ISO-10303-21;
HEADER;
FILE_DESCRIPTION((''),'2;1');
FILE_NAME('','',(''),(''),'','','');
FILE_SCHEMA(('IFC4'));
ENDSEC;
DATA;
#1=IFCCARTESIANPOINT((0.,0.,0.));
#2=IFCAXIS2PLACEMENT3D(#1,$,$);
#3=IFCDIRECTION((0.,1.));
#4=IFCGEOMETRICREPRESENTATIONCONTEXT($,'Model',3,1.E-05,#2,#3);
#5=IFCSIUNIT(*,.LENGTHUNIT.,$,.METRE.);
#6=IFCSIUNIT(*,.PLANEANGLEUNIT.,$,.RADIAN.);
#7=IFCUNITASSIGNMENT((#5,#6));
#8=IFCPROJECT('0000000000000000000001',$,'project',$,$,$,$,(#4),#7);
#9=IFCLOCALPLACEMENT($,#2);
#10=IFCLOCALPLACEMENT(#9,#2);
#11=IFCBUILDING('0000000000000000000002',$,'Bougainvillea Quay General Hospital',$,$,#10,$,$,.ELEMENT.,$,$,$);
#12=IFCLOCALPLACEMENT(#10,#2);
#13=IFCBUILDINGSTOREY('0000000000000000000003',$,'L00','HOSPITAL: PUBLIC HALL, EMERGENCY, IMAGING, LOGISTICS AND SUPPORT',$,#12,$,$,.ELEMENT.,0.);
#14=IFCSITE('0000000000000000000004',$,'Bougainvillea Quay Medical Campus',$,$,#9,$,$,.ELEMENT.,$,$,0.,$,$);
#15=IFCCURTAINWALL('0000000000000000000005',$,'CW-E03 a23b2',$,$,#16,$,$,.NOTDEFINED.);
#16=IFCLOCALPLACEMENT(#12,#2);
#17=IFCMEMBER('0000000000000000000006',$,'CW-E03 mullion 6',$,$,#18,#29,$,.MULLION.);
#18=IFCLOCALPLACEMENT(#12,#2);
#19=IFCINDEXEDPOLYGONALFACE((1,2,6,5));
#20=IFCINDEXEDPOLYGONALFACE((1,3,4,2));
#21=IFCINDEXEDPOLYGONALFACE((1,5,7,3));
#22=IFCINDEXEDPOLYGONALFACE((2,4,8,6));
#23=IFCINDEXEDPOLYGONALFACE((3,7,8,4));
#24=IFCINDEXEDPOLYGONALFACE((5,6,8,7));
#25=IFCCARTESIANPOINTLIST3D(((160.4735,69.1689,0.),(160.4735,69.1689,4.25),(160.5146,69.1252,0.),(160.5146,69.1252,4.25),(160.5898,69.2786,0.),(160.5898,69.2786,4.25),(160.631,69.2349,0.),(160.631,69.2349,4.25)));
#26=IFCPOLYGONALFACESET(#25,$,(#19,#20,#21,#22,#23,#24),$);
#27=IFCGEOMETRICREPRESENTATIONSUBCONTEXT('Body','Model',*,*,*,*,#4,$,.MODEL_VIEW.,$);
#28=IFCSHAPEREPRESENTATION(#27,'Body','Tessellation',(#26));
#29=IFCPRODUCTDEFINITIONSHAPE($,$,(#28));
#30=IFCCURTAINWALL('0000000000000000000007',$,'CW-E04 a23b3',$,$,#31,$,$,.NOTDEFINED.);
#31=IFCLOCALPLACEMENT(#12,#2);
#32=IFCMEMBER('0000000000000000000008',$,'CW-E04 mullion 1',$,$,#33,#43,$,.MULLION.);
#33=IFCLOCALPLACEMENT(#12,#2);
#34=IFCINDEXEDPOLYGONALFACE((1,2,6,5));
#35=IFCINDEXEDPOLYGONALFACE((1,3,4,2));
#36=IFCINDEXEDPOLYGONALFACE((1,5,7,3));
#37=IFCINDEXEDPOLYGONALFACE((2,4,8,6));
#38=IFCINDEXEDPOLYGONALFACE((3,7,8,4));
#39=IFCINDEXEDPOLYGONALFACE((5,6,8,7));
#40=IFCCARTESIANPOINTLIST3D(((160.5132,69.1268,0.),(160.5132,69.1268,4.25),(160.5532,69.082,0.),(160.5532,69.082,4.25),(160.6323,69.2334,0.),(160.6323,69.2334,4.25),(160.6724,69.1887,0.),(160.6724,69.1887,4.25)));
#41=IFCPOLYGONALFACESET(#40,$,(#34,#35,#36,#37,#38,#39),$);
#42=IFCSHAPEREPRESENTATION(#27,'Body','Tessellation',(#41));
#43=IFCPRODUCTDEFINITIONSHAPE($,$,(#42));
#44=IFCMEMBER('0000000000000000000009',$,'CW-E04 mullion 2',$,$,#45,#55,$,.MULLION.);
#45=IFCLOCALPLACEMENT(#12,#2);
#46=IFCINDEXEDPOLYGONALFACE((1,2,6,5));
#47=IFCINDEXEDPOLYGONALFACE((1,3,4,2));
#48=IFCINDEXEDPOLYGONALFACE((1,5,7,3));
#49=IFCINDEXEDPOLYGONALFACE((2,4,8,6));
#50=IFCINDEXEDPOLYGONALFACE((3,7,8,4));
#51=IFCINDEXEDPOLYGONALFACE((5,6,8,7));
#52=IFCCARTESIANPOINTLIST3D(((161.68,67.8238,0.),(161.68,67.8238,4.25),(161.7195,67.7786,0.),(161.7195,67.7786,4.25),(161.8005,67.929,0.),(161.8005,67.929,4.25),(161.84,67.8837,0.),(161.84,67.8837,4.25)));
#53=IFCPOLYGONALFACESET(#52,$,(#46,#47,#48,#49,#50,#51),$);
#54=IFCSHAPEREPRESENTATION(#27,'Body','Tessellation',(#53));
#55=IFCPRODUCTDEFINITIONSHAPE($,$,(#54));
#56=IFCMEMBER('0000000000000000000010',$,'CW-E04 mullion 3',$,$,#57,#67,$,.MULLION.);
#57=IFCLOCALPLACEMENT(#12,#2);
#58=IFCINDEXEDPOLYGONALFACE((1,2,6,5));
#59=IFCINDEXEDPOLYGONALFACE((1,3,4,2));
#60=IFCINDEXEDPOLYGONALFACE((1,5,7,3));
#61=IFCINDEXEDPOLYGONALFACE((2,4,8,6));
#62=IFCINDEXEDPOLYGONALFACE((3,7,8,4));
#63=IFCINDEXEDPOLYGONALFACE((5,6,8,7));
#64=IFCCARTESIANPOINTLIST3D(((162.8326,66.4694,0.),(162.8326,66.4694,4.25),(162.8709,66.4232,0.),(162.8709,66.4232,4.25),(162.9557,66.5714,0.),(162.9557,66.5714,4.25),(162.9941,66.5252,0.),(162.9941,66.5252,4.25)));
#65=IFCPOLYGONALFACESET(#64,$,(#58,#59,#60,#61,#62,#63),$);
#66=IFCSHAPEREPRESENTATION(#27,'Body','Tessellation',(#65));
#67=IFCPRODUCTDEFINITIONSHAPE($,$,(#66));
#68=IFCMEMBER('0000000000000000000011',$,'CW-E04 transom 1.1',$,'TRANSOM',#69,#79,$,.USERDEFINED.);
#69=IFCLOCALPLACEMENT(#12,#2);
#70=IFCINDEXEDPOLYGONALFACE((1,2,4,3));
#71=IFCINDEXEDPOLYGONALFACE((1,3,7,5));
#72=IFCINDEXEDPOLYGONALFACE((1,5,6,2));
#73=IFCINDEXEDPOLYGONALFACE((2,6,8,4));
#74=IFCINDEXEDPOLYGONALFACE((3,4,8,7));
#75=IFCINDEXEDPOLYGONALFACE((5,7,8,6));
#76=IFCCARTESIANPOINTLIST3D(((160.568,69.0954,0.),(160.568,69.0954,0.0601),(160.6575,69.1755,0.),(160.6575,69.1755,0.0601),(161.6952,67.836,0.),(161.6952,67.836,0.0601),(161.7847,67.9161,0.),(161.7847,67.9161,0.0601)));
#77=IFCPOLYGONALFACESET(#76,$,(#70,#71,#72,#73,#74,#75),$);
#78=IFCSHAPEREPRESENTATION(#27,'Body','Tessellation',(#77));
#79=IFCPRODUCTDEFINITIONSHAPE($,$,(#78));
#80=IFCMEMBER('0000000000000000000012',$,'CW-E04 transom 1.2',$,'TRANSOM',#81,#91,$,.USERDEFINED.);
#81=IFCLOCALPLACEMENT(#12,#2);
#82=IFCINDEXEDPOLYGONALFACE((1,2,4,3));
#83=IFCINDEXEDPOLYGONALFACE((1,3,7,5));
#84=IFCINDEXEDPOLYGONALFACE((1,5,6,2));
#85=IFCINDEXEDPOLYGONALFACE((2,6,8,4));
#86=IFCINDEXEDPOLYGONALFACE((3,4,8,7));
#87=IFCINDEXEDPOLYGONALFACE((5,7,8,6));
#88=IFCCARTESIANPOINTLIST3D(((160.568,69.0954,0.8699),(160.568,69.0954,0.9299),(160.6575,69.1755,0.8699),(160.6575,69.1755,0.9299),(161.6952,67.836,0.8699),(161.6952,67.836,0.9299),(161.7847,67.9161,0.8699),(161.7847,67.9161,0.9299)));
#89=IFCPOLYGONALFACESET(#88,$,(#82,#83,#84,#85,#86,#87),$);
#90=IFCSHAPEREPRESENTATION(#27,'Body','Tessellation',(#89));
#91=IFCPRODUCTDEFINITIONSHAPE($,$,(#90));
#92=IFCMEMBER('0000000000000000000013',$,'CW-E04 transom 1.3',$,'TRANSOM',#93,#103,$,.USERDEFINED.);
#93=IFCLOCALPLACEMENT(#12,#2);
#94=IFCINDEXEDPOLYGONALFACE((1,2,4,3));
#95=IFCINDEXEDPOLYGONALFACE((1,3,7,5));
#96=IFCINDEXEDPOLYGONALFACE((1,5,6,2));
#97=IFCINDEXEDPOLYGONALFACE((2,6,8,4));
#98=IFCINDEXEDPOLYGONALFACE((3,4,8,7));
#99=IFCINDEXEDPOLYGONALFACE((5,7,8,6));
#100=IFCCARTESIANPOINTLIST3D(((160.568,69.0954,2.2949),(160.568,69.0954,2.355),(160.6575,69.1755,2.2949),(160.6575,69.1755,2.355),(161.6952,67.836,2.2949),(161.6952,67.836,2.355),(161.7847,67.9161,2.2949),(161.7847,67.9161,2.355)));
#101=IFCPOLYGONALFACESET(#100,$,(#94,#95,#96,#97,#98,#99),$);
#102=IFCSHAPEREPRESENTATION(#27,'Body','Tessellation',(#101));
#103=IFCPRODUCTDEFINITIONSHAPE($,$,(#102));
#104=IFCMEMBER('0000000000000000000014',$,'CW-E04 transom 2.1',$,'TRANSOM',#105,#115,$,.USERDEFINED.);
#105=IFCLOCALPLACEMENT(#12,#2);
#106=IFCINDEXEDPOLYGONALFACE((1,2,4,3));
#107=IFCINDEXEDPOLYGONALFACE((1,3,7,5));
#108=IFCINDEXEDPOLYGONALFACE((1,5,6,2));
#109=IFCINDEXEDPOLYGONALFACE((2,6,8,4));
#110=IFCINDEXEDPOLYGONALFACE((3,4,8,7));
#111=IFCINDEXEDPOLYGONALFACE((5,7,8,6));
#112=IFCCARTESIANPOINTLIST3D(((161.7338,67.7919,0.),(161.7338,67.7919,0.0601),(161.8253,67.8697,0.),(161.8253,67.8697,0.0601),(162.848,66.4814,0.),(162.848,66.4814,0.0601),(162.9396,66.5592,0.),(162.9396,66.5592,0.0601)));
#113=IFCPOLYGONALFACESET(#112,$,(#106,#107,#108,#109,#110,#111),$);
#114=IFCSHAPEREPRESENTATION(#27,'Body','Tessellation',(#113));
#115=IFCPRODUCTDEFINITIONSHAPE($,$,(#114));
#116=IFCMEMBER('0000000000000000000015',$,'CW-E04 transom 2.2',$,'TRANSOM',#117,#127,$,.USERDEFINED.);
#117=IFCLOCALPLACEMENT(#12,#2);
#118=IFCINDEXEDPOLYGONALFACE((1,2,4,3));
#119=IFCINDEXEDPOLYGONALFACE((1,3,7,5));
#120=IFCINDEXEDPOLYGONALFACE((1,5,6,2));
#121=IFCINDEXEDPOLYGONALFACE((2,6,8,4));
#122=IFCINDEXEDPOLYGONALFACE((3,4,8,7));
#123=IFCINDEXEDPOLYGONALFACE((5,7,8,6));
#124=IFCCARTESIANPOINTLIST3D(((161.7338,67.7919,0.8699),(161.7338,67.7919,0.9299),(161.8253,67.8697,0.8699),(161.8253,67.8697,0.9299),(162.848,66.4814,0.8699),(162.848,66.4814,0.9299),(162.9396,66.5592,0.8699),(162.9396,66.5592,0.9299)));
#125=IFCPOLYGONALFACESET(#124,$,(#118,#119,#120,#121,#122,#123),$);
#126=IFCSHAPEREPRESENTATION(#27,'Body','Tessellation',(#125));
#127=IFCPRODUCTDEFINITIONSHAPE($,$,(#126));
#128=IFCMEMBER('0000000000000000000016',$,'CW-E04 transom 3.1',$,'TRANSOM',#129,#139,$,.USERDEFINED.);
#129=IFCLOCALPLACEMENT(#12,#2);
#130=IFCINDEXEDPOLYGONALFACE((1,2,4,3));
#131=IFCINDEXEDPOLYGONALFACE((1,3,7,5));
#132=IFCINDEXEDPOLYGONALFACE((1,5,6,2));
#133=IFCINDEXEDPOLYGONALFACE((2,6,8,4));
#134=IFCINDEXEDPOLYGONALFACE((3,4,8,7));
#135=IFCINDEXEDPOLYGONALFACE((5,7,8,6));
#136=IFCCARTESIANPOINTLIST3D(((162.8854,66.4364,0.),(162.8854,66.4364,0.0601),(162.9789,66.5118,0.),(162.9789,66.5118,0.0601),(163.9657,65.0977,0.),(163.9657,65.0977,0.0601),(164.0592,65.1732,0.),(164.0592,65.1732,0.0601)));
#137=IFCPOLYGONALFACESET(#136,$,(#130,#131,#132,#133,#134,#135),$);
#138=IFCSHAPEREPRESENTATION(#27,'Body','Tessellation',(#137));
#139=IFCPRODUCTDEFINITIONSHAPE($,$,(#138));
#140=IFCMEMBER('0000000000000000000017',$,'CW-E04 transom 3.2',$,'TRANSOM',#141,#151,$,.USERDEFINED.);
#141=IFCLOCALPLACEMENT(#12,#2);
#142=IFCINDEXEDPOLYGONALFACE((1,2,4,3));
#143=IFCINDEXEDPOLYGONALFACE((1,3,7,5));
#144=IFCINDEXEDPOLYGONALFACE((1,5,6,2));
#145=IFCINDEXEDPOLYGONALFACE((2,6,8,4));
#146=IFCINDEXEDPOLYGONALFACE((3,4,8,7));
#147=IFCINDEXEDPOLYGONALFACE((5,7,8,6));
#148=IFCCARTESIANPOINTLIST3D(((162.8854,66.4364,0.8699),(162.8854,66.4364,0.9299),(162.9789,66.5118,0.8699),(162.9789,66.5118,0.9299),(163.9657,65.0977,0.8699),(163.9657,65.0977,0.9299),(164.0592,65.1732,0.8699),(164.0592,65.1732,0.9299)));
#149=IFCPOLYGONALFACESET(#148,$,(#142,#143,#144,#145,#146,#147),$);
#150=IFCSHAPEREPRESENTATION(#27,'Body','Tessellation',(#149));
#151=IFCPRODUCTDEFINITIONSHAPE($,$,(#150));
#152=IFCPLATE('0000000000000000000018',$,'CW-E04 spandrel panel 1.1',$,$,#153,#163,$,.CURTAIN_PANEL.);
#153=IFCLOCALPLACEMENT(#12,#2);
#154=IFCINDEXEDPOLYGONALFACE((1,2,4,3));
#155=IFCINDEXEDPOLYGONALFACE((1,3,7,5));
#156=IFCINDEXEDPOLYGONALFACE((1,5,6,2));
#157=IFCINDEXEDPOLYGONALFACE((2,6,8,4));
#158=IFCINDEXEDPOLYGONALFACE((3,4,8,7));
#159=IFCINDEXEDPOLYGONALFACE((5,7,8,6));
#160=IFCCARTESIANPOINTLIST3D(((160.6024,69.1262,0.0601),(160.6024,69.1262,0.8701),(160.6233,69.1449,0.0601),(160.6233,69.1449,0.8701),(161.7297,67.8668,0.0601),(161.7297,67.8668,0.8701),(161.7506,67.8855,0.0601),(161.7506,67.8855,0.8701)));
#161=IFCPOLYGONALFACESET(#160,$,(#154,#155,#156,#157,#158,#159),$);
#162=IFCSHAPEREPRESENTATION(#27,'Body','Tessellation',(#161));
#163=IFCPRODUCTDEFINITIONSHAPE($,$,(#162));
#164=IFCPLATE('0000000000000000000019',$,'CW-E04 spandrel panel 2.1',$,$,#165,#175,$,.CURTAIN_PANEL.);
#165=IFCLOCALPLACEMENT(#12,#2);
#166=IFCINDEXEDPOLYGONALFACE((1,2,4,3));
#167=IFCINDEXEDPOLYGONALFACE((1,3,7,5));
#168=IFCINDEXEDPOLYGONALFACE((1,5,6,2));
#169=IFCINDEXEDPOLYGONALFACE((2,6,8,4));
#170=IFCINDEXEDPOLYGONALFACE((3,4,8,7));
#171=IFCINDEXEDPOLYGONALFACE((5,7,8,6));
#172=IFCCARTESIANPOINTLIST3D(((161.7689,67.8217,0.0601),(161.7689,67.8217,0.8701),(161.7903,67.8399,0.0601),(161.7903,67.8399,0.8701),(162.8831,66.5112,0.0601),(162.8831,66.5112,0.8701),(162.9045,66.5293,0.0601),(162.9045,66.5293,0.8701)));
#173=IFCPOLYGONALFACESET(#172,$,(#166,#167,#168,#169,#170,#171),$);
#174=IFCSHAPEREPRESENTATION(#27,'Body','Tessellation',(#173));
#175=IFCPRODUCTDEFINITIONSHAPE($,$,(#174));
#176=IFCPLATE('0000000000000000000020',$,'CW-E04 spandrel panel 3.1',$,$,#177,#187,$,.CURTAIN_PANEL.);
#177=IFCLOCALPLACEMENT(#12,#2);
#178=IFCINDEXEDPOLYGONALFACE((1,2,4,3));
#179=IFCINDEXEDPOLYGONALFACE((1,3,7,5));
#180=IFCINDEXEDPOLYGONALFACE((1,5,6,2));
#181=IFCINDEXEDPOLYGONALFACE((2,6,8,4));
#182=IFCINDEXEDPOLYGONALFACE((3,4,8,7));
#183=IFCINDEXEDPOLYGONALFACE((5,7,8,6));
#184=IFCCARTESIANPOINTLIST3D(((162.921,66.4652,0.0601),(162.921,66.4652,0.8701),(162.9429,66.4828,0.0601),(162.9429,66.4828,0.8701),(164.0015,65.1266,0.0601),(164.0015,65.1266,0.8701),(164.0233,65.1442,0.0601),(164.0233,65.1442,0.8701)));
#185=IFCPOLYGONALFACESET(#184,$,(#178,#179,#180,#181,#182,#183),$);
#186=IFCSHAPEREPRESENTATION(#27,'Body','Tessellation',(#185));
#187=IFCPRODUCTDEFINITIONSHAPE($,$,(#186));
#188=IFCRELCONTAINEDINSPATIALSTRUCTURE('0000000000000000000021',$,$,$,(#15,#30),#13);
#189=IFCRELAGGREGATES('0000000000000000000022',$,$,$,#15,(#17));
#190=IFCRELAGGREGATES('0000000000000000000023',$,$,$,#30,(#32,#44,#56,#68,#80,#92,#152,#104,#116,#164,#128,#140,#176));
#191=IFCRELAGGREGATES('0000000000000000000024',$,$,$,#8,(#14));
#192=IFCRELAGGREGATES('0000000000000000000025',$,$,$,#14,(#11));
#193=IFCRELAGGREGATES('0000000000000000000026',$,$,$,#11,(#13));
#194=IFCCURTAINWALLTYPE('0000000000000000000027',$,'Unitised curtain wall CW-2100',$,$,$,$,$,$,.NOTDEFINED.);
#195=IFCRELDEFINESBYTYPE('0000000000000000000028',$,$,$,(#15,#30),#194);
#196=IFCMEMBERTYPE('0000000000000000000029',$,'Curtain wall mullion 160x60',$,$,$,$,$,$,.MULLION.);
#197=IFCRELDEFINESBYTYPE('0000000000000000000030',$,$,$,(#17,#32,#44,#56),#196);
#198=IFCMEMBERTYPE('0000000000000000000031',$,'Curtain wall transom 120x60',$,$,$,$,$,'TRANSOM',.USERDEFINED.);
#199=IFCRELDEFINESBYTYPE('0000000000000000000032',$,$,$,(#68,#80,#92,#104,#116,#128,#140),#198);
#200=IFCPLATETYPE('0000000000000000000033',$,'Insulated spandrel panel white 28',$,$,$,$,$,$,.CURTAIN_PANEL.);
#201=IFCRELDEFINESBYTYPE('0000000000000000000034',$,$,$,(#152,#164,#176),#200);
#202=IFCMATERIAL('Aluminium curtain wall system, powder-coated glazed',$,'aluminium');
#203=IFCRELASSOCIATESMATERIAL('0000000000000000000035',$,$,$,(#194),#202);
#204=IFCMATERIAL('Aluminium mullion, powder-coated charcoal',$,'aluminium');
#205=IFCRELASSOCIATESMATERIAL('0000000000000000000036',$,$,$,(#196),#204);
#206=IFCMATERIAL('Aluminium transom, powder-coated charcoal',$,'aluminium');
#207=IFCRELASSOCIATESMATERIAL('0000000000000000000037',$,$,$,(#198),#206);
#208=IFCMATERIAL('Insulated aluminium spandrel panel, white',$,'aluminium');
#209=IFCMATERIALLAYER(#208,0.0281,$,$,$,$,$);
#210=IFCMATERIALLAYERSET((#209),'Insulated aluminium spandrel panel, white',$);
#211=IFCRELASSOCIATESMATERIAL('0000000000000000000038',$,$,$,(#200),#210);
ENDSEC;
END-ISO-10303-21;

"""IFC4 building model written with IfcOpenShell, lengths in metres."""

from ifc_helpers import new_model, si_unit, direction, frame, origin, origin_2d, place, context, subcontext, project, spatial, rectangle, extrude, material, layer, layer_set, material_profile, profile_set, type_object, element, aggregate, save


model = new_model("IFC4")

# Units and contexts
model_context = context("Model", 3, precision=1e-05, world=origin(), true_north=direction((0.0, 1.0)))
body_context = subcontext(model_context, "Body", "Model", "MODEL_VIEW")
ifc_project = project(units=[si_unit("LENGTHUNIT", "METRE"), si_unit("PLANEANGLEUNIT", "RADIAN")], contexts=[model_context])

# Site, building, storey
site_placement = place(None, origin())
site = spatial("IfcSite", under=ifc_project, at=site_placement, Name="Bougainvillea Quay Medical Campus", CompositionType="ELEMENT", RefElevation=0.0)
building_placement = place(site_placement, origin())
building = spatial("IfcBuilding", under=site, at=building_placement, Name="Bougainvillea Quay General Hospital", CompositionType="ELEMENT")
storey_placement = place(building_placement, origin())
storey = spatial("IfcBuildingStorey", under=building, at=storey_placement, Name="L00", Description="HOSPITAL: PUBLIC HALL, EMERGENCY, IMAGING, LOGISTICS AND SUPPORT", CompositionType="ELEMENT", Elevation=0.0)

# Curtain wall, member
ifc_material_1 = material(Name="Aluminium curtain wall system, powder-coated glazed", Category="aluminium")
curtain_wall_type = type_object("IfcCurtainWallType", Name="Unitised curtain wall CW-2100", PredefinedType="NOTDEFINED", material=ifc_material_1)
curtain_wall_1_placement = place(storey_placement, origin())
curtain_wall_1 = element("IfcCurtainWall", 1, at=curtain_wall_1_placement, inside=storey, type_object=curtain_wall_type, Name="CW-E03 a23b2", PredefinedType="NOTDEFINED")
ifc_material_2 = material(Name="Aluminium mullion, powder-coated charcoal", Category="aluminium")
ifc_material_profile_1 = material_profile(ifc_material_2, rectangle(XDim=0.1599, YDim=0.0601, at=origin_2d()))
ifc_profile_set_1 = profile_set([ifc_material_profile_1], Name="Aluminium mullion, powder-coated charcoal")
member_type_1 = type_object("IfcMemberType", Name="Curtain wall mullion 160x60", PredefinedType="MULLION", material=ifc_profile_set_1)
member_1_placement = place(storey_placement, frame((160.5522, 69.2019, 0.0), z_axis=(0.0, 0.0, 1.0), x_axis=(0.72783, 0.685757, 0.0)))
member_1 = element("IfcMember", 2, at=member_1_placement, type_object=member_type_1, Name="CW-E03 mullion 6", PredefinedType="MULLION", context=body_context, shape_type="SweptSolid", body=[
    extrude(rectangle(XDim=0.1599, YDim=0.0601, at=origin_2d()), origin(), (0.0, 0.0, 1.0), 4.25),
])
aggregate(curtain_wall_1, [member_1])

# Curtain wall, members, plates
curtain_wall_2_placement = place(storey_placement, origin())
curtain_wall_2 = element("IfcCurtainWall", 3, at=curtain_wall_2_placement, inside=storey, type_object=curtain_wall_type, Name="CW-E04 a23b3", PredefinedType="NOTDEFINED")
member_2_placement = place(storey_placement, frame((160.5928, 69.1577, 0.0), z_axis=(0.0, 0.0, 1.0), x_axis=(0.745094, 0.666959, 0.0)))
member_2 = element("IfcMember", 4, at=member_2_placement, type_object=member_type_1, Name="CW-E04 mullion 1", PredefinedType="MULLION", context=body_context, shape_type="SweptSolid", body=[
    extrude(rectangle(XDim=0.1599, YDim=0.0601, at=origin_2d()), origin(), (0.0, 0.0, 1.0), 4.25),
])
member_3_placement = place(storey_placement, frame((161.76, 67.8538, 0.0), z_axis=(0.0, 0.0, 1.0), x_axis=(0.753545, 0.657396, 0.0)))
member_3 = element("IfcMember", 5, at=member_3_placement, type_object=member_type_1, Name="CW-E04 mullion 2", PredefinedType="MULLION", context=body_context, shape_type="SweptSolid", body=[
    extrude(rectangle(XDim=0.1599, YDim=0.0601, at=origin_2d()), origin(), (0.0, 0.0, 1.0), 4.25),
])
member_4_placement = place(storey_placement, frame((162.9133, 66.4973, 0.0), z_axis=(0.0, 0.0, 1.0), x_axis=(0.770077, 0.637951, 0.0)))
member_4 = element("IfcMember", 6, at=member_4_placement, type_object=member_type_1, Name="CW-E04 mullion 3", PredefinedType="MULLION", context=body_context, shape_type="SweptSolid", body=[
    extrude(rectangle(XDim=0.1599, YDim=0.0601, at=origin_2d()), origin(), (0.0, 0.0, 1.0), 4.25),
])
ifc_material_3 = material(Name="Aluminium transom, powder-coated charcoal", Category="aluminium")
ifc_material_profile_2 = material_profile(ifc_material_3, rectangle(XDim=0.1201, YDim=0.0601, at=origin_2d()))
ifc_profile_set_2 = profile_set([ifc_material_profile_2], Name="Aluminium transom, powder-coated charcoal")
member_type_2 = type_object("IfcMemberType", Name="Curtain wall transom 120x60", ElementType="TRANSOM", PredefinedType="USERDEFINED", material=ifc_profile_set_2)
member_5_placement = place(storey_placement, frame((160.6128, 69.1355, 0.03), z_axis=(0.666879, -0.745166, 0.0), x_axis=(0.745166, 0.666879, 0.0)))
member_5 = element("IfcMember", 7, at=member_5_placement, type_object=member_type_2, Name="CW-E04 transom 1.1", ObjectType="TRANSOM", PredefinedType="USERDEFINED", context=body_context, shape_type="SweptSolid", body=[
    extrude(rectangle(XDim=0.1201, YDim=0.0601, at=origin_2d()), origin(), (0.0, 0.0, 1.0), 1.6902),
])
member_6_placement = place(storey_placement, frame((160.6128, 69.1355, 0.8999), z_axis=(0.666879, -0.745166, 0.0), x_axis=(0.745166, 0.666879, 0.0)))
member_6 = element("IfcMember", 8, at=member_6_placement, type_object=member_type_2, Name="CW-E04 transom 1.2", ObjectType="TRANSOM", PredefinedType="USERDEFINED", context=body_context, shape_type="SweptSolid", body=[
    extrude(rectangle(XDim=0.1201, YDim=0.0601, at=origin_2d()), origin(), (0.0, 0.0, 1.0), 1.6902),
])
member_7_placement = place(storey_placement, frame((160.6128, 69.1355, 2.325), z_axis=(0.666879, -0.745166, 0.0), x_axis=(0.745166, 0.666879, 0.0)))
member_7 = element("IfcMember", 9, at=member_7_placement, type_object=member_type_2, Name="CW-E04 transom 1.3", ObjectType="TRANSOM", PredefinedType="USERDEFINED", context=body_context, shape_type="SweptSolid", body=[
    extrude(rectangle(XDim=0.1201, YDim=0.0601, at=origin_2d()), origin(), (0.0, 0.0, 1.0), 1.6902),
])
member_8_placement = place(storey_placement, frame((161.7795, 67.8308, 0.03), z_axis=(0.647747, -0.761855, 0.0), x_axis=(0.761855, 0.647747, 0.0)))
member_8 = element("IfcMember", 10, at=member_8_placement, type_object=member_type_2, Name="CW-E04 transom 2.1", ObjectType="TRANSOM", PredefinedType="USERDEFINED", context=body_context, shape_type="SweptSolid", body=[
    extrude(rectangle(XDim=0.1201, YDim=0.0601, at=origin_2d()), origin(), (0.0, 0.0, 1.0), 1.7202),
])
member_9_placement = place(storey_placement, frame((161.7795, 67.8308, 0.8999), z_axis=(0.647747, -0.761855, 0.0), x_axis=(0.761855, 0.647747, 0.0)))
member_9 = element("IfcMember", 11, at=member_9_placement, type_object=member_type_2, Name="CW-E04 transom 2.2", ObjectType="TRANSOM", PredefinedType="USERDEFINED", context=body_context, shape_type="SweptSolid", body=[
    extrude(rectangle(XDim=0.1201, YDim=0.0601, at=origin_2d()), origin(), (0.0, 0.0, 1.0), 1.7202),
])
member_10_placement = place(storey_placement, frame((162.9321, 66.4741, 0.03), z_axis=(0.62803, -0.778189, 0.0), x_axis=(0.778189, 0.62803, 0.0)))
member_10 = element("IfcMember", 12, at=member_10_placement, type_object=member_type_2, Name="CW-E04 transom 3.1", ObjectType="TRANSOM", PredefinedType="USERDEFINED", context=body_context, shape_type="SweptSolid", body=[
    extrude(rectangle(XDim=0.1201, YDim=0.0601, at=origin_2d()), origin(), (0.0, 0.0, 1.0), 1.7202),
])
member_11_placement = place(storey_placement, frame((162.9321, 66.4741, 0.8999), z_axis=(0.62803, -0.778189, 0.0), x_axis=(0.778189, 0.62803, 0.0)))
member_11 = element("IfcMember", 13, at=member_11_placement, type_object=member_type_2, Name="CW-E04 transom 3.2", ObjectType="TRANSOM", PredefinedType="USERDEFINED", context=body_context, shape_type="SweptSolid", body=[
    extrude(rectangle(XDim=0.1201, YDim=0.0601, at=origin_2d()), origin(), (0.0, 0.0, 1.0), 1.7202),
])
ifc_material_4 = material(Name="Insulated aluminium spandrel panel, white", Category="aluminium")
ifc_layer_1 = layer(ifc_material_4, 0.0281)
ifc_layer_set_1 = layer_set([ifc_layer_1], Name="Insulated aluminium spandrel panel, white")
plate_type_1 = type_object("IfcPlateType", Name="Insulated spandrel panel white 28", PredefinedType="CURTAIN_PANEL", material=ifc_layer_set_1)
plate_1_placement = place(storey_placement, frame((161.1765, 68.5059, 0.0601), z_axis=(0.0, 0.0, 1.0), x_axis=(0.666959, -0.745094, 0.0)))
plate_1 = element("IfcPlate", 14, at=plate_1_placement, type_object=plate_type_1, Name="CW-E04 spandrel panel 1.1", PredefinedType="CURTAIN_PANEL", context=body_context, shape_type="SweptSolid", body=[
    extrude(rectangle(XDim=1.6902, YDim=0.0281, at=origin_2d()), origin(), (0.0, 0.0, 1.0), 0.8101),
])
plate_2_placement = place(storey_placement, frame((162.3367, 67.1755, 0.0601), z_axis=(0.0, 0.0, 1.0), x_axis=(0.647726, -0.761873, 0.0)))
plate_2 = element("IfcPlate", 15, at=plate_2_placement, type_object=plate_type_1, Name="CW-E04 spandrel panel 2.1", PredefinedType="CURTAIN_PANEL", context=body_context, shape_type="SweptSolid", body=[
    extrude(rectangle(XDim=1.7202, YDim=0.0281, at=origin_2d()), origin(), (0.0, 0.0, 1.0), 0.8101),
])
plate_3_placement = place(storey_placement, frame((163.4722, 65.8047, 0.0601), z_axis=(0.0, 0.0, 1.0), x_axis=(0.628072, -0.778155, 0.0)))
plate_3 = element("IfcPlate", 16, at=plate_3_placement, type_object=plate_type_1, Name="CW-E04 spandrel panel 3.1", PredefinedType="CURTAIN_PANEL", context=body_context, shape_type="SweptSolid", body=[
    extrude(rectangle(XDim=1.7202, YDim=0.0281, at=origin_2d()), origin(), (0.0, 0.0, 1.0), 0.8101),
])
aggregate(curtain_wall_2, [member_2, member_3, member_4, member_5, member_6, member_7, plate_1, member_8, member_9, plate_2, member_10, member_11, plate_3])

save(model, "model.ifc")
